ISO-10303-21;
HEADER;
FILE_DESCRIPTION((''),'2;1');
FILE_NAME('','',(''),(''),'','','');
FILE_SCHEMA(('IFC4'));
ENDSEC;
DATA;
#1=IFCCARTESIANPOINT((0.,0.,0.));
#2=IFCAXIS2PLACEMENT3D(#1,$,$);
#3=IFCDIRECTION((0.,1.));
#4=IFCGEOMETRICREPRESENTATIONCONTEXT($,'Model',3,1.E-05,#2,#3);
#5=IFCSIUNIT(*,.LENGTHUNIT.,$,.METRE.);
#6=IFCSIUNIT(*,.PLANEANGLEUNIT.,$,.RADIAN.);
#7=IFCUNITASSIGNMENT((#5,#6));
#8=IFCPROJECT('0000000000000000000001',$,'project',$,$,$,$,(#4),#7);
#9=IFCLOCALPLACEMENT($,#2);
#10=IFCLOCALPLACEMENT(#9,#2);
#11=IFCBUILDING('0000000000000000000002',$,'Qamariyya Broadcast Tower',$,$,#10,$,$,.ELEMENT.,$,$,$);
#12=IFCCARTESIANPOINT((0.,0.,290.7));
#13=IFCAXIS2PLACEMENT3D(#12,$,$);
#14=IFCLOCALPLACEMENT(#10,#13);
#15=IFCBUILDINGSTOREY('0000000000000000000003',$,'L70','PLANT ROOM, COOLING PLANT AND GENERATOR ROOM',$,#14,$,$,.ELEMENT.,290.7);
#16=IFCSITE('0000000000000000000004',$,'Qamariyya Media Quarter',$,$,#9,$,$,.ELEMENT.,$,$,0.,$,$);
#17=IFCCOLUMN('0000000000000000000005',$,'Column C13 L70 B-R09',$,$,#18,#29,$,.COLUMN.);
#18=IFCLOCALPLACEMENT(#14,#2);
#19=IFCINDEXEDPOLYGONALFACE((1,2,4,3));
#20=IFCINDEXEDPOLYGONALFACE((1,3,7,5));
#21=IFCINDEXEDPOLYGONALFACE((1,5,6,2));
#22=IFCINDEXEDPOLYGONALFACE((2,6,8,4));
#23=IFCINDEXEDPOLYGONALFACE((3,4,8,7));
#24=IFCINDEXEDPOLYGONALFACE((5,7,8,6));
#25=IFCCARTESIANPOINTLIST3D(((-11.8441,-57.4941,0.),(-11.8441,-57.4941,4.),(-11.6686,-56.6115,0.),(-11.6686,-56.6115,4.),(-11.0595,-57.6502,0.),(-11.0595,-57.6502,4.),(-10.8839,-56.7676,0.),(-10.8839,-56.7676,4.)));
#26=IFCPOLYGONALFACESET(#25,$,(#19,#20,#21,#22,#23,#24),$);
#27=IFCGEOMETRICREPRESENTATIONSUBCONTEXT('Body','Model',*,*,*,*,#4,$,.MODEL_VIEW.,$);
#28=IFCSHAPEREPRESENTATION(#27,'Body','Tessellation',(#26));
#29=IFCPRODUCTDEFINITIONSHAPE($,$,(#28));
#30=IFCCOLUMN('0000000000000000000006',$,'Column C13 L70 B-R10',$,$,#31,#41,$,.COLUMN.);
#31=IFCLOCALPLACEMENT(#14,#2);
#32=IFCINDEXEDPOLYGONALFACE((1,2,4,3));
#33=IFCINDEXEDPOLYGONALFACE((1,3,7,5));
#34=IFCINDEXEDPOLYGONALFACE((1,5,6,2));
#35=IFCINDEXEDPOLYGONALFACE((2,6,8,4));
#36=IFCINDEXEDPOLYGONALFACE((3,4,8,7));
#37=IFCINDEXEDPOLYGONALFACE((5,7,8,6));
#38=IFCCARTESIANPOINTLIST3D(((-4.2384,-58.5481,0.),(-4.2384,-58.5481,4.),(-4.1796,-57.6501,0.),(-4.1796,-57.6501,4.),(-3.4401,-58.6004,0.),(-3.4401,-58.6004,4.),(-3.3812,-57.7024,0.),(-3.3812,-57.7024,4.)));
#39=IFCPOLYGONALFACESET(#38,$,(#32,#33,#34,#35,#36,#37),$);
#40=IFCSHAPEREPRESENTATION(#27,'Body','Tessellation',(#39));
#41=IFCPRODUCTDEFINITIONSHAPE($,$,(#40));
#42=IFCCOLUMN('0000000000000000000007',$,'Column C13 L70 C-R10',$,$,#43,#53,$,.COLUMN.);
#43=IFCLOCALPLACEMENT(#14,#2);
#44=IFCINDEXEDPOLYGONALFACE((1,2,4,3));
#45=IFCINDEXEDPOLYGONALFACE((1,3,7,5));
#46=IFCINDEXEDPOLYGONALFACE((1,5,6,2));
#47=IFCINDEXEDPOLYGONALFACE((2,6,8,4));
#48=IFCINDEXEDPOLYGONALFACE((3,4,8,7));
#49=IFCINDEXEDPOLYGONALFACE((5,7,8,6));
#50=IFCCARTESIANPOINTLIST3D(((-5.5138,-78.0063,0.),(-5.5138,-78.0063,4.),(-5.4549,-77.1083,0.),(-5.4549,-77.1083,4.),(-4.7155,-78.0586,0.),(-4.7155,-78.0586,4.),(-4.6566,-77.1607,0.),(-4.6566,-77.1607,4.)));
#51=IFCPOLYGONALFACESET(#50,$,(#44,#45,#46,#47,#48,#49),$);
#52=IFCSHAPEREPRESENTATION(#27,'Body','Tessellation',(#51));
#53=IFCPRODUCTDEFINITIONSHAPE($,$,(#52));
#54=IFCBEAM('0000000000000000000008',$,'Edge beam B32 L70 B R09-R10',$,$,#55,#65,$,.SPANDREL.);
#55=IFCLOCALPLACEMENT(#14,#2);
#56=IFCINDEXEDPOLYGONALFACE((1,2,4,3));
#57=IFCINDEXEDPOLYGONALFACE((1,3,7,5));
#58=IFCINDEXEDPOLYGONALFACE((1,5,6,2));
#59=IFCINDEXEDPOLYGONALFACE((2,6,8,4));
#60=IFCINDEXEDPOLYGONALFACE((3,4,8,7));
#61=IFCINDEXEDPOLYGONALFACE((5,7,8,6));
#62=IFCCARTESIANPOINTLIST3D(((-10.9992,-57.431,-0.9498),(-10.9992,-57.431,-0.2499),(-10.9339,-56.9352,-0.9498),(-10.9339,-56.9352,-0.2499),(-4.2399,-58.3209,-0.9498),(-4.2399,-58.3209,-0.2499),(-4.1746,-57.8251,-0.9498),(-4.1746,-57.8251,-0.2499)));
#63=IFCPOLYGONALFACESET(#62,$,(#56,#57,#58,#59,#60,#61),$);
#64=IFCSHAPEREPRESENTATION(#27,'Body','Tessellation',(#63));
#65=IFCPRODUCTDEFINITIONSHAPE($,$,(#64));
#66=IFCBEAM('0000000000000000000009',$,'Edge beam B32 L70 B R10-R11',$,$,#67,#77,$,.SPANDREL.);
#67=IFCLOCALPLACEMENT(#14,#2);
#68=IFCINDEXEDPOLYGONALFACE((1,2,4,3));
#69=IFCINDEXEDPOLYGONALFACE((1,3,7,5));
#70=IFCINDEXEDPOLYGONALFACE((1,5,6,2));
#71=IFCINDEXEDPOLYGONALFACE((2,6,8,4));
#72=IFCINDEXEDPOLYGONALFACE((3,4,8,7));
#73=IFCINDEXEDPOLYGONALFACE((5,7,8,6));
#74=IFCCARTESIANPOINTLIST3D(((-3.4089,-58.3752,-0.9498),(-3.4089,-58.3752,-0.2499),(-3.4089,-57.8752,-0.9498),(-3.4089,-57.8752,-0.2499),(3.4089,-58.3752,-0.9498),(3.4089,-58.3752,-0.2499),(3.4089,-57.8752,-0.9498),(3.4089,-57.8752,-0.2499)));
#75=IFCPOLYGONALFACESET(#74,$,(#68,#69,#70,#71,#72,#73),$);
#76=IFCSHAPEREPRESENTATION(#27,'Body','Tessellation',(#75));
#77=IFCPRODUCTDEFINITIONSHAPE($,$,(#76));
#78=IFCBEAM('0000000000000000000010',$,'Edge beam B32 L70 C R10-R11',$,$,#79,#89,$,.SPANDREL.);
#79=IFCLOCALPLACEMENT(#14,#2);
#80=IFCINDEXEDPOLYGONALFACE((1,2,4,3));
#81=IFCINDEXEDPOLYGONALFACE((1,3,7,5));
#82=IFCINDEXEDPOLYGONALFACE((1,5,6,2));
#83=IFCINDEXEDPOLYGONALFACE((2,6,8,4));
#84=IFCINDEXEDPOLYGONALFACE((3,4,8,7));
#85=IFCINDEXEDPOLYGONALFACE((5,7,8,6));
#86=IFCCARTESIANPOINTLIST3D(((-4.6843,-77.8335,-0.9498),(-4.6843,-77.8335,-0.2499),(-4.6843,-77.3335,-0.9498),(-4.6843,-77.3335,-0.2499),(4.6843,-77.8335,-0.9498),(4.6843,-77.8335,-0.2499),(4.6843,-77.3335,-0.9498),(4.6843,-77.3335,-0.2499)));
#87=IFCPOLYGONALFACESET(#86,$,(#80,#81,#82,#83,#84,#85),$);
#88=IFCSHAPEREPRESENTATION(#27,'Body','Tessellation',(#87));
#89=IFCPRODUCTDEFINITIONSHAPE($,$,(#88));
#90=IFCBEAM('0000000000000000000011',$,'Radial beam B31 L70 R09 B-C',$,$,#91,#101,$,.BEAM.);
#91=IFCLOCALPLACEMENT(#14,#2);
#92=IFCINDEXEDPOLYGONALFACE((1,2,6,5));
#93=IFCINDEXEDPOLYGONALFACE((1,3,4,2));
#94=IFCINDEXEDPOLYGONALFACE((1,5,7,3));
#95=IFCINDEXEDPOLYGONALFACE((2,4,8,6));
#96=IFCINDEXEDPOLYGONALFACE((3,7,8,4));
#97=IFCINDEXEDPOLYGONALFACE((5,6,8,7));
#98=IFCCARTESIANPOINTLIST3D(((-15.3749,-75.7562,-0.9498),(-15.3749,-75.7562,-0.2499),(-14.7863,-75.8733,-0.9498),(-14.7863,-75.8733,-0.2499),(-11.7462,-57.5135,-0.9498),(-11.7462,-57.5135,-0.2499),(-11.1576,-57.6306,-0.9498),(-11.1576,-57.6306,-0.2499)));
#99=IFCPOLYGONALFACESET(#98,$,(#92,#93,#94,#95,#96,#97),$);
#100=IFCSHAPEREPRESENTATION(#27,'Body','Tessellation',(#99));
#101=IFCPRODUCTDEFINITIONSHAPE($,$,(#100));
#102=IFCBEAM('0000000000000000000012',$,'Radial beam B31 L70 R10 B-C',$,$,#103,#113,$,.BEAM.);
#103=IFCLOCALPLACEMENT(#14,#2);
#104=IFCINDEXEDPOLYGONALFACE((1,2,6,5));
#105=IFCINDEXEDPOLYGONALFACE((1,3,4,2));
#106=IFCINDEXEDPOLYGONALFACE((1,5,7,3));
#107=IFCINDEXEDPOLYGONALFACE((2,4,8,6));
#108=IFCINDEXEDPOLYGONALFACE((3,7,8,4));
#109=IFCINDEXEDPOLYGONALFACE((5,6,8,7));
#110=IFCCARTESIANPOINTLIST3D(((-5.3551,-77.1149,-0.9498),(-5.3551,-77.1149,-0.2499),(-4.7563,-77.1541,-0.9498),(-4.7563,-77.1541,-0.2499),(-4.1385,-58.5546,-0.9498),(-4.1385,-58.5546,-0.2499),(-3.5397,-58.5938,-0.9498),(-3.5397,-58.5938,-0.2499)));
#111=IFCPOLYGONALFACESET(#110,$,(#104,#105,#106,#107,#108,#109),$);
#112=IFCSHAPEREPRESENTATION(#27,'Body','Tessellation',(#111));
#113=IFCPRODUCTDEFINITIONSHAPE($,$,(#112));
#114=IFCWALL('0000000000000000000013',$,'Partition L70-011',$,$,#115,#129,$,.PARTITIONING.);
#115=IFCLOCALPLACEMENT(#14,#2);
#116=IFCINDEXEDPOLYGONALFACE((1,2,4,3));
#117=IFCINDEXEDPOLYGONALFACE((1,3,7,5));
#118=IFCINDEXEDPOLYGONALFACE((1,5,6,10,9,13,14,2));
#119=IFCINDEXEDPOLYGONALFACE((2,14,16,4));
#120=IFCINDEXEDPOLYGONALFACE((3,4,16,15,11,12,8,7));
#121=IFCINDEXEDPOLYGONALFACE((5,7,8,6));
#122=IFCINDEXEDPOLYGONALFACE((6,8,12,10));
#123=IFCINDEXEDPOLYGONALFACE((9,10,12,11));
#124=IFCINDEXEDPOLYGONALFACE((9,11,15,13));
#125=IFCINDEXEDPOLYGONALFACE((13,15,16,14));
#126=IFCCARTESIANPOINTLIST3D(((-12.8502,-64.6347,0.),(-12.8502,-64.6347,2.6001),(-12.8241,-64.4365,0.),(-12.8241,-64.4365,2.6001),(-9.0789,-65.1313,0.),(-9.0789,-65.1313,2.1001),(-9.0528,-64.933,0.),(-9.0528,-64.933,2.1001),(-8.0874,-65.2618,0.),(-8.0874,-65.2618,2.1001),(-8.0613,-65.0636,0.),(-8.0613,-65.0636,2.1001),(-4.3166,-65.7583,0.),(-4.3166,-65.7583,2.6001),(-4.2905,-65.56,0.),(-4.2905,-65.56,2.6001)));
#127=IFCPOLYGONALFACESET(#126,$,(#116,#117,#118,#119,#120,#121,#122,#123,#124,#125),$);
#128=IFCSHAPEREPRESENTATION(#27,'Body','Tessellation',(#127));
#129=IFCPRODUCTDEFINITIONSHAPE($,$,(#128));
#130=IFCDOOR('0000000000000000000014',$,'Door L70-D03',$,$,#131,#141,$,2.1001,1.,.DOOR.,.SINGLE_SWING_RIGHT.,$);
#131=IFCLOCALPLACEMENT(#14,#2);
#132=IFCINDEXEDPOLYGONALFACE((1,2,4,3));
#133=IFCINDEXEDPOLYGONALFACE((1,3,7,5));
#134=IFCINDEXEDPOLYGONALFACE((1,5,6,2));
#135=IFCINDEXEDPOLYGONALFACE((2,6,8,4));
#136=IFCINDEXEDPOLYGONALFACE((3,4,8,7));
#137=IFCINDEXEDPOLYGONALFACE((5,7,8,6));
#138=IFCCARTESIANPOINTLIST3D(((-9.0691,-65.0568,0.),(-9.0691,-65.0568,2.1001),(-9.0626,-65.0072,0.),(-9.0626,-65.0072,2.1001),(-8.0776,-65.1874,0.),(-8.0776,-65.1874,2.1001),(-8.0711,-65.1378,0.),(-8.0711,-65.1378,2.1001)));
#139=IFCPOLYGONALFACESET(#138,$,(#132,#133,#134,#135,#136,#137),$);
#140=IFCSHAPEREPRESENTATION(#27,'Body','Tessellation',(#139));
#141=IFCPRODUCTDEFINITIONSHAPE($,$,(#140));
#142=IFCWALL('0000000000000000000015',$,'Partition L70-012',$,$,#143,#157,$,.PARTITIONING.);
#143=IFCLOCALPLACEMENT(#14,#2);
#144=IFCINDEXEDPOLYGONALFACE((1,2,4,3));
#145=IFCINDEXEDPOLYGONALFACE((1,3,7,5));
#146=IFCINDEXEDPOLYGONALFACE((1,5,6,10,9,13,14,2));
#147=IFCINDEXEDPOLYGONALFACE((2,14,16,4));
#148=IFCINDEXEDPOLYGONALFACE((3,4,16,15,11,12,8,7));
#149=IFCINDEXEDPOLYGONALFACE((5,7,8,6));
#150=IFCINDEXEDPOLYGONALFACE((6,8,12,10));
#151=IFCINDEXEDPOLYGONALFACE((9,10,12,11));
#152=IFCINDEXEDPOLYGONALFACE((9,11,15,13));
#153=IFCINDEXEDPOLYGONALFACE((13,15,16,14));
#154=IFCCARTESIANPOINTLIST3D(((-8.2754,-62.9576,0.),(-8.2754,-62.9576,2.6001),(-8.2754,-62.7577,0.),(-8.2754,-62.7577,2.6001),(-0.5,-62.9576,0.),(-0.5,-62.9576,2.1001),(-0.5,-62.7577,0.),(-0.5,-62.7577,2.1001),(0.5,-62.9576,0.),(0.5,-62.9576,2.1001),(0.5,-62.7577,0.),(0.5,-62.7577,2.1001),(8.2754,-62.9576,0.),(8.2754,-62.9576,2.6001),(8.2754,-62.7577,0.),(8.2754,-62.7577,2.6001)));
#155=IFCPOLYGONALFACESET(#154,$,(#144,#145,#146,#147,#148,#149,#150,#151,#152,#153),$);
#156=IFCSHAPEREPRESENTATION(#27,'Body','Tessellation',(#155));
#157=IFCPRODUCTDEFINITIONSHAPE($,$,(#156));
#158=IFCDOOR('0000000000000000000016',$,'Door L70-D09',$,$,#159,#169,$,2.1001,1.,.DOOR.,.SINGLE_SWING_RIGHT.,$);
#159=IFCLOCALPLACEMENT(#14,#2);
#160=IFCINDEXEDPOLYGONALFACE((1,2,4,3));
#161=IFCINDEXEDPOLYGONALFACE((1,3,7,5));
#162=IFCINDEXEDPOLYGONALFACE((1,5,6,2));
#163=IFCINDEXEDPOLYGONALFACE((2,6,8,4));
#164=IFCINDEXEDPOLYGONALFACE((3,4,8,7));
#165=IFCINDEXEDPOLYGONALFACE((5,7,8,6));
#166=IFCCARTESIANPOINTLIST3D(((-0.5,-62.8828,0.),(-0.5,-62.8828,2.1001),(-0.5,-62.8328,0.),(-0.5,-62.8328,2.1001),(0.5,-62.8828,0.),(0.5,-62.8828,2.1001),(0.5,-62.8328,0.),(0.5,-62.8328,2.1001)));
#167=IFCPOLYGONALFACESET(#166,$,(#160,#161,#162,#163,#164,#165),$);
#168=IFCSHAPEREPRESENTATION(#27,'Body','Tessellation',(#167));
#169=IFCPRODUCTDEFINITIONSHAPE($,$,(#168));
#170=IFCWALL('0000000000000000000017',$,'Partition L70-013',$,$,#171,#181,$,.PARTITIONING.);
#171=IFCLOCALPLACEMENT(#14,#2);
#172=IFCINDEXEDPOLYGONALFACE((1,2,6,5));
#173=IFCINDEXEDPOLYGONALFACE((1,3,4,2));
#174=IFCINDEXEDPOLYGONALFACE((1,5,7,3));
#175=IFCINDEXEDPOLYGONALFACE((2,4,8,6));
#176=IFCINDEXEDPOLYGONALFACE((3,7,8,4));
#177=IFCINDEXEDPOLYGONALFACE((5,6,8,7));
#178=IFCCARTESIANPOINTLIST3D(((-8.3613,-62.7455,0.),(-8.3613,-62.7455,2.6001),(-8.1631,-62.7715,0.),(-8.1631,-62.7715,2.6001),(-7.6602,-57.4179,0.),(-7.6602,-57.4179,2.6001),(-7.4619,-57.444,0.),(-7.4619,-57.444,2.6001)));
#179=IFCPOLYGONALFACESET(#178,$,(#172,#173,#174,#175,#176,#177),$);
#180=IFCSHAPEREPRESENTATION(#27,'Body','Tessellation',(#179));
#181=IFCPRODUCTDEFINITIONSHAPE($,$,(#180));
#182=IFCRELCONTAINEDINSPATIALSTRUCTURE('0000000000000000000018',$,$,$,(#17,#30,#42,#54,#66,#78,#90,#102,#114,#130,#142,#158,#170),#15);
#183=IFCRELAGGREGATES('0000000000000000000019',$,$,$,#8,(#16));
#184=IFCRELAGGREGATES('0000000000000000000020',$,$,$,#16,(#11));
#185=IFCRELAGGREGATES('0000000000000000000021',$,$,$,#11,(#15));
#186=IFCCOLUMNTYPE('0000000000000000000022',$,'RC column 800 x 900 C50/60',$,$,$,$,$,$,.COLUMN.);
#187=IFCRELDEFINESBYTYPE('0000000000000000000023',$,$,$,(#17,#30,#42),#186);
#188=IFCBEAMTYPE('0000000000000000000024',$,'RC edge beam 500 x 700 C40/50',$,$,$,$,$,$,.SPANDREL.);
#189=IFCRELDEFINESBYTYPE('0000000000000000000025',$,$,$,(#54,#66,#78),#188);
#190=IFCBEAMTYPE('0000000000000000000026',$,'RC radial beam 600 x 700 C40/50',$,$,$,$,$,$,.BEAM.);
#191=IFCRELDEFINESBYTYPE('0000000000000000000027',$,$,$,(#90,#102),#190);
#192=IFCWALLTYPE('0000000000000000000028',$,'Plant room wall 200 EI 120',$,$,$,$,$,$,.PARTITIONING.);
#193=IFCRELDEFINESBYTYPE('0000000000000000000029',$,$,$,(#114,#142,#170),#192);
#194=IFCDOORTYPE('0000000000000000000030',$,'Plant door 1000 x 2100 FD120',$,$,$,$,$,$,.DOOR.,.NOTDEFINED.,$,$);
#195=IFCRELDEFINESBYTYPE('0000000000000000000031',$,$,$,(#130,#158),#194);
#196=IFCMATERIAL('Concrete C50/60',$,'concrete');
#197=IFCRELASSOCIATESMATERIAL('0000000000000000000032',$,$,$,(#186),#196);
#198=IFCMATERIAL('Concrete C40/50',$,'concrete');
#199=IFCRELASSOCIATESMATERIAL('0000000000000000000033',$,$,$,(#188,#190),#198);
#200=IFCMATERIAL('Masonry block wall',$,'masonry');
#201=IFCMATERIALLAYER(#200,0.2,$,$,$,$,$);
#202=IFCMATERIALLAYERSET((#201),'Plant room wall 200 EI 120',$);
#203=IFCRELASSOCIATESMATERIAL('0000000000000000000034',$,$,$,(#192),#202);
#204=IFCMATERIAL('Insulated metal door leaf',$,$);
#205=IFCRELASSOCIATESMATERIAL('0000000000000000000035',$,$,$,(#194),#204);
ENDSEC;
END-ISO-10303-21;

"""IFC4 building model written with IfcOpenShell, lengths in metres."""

from ifc_helpers import new_model, si_unit, direction, frame, frame_2d, origin, origin_2d, place, context, subcontext, project, spatial, rectangle, extrude, material, layer, layer_set, material_profile, profile_set, type_object, element, fill, save


model = new_model("IFC4")

# Units and contexts
model_context = context("Model", 3, precision=1e-05, world=origin(), true_north=direction((0.0, 1.0)))
body_context = subcontext(model_context, "Body", "Model", "MODEL_VIEW")
ifc_project = project(units=[si_unit("LENGTHUNIT", "METRE"), si_unit("PLANEANGLEUNIT", "RADIAN")], contexts=[model_context])

# Site, building, storey
site_placement = place(None, origin())
site = spatial("IfcSite", under=ifc_project, at=site_placement, Name="Qamariyya Media Quarter", CompositionType="ELEMENT", RefElevation=0.0)
building_placement = place(site_placement, origin())
building = spatial("IfcBuilding", under=site, at=building_placement, Name="Qamariyya Broadcast Tower", CompositionType="ELEMENT")
storey_placement = place(building_placement, frame((0.0, 0.0, 290.7)))
storey = spatial("IfcBuildingStorey", under=building, at=storey_placement, Name="L70", Description="PLANT ROOM, COOLING PLANT AND GENERATOR ROOM", CompositionType="ELEMENT", Elevation=290.7)

# Columns
ifc_material_1 = material(Name="Concrete C50/60", Category="concrete")
ifc_material_profile_1 = material_profile(ifc_material_1, rectangle(XDim=0.8, YDim=0.8999, at=origin_2d()))
ifc_profile_set_1 = profile_set([ifc_material_profile_1], Name="Concrete C50/60")
column_type = type_object("IfcColumnType", Name="RC column 800 x 900 C50/60", PredefinedType="COLUMN", material=ifc_profile_set_1)
for number, where, z_axis, x_axis, name in (
    (1, (-11.364, -57.1309, 0.0), (0.0, 0.0, 1.0), (0.980785, -0.19509, 0.0), "Column C13 L70 B-R09"),
    (2, (-3.8098, -58.1252, 0.0), (0.0, 0.0, 1.0), (0.997859, -0.065403, 0.0), "Column C13 L70 B-R10"),
    (3, (-5.0852, -77.5835, 0.0), (0.0, 0.0, 1.0), (0.997859, -0.065403, 0.0), "Column C13 L70 C-R10"),
):
    element("IfcColumn", number, at=place(storey_placement, frame(where, z_axis=z_axis, x_axis=x_axis)), inside=storey, type_object=column_type, Name=name, PredefinedType="COLUMN", context=body_context, shape_type="SweptSolid", body=[
        extrude(rectangle(XDim=0.8, YDim=0.8999, at=origin_2d()), origin(), (0.0, 0.0, 1.0), 4.0),
    ])

# Beams
ifc_material_2 = material(Name="Concrete C40/50", Category="concrete")
ifc_material_profile_2 = material_profile(ifc_material_2, rectangle(XDim=0.5, YDim=0.7, at=origin_2d()))
ifc_profile_set_2 = profile_set([ifc_material_profile_2], Name="Concrete C40/50")
beam_type_1 = type_object("IfcBeamType", Name="RC edge beam 500 x 700 C40/50", PredefinedType="SPANDREL", material=ifc_profile_set_2)
beam_1_placement = place(storey_placement, frame((-10.9666, -57.1831, -0.5999), z_axis=(0.991445, -0.130529, 0.0), x_axis=(0.130529, 0.991445, 0.0)))
element("IfcBeam", 4, at=beam_1_placement, inside=storey, type_object=beam_type_1, Name="Edge beam B32 L70 B R09-R10", PredefinedType="SPANDREL", context=body_context, shape_type="SweptSolid", body=[
    extrude(rectangle(XDim=0.5, YDim=0.7, at=origin_2d()), origin(), (0.0, 0.0, 1.0), 6.8176),
])
beam_2_placement = place(storey_placement, frame((-3.4089, -58.1252, -0.5999), z_axis=(1.0, 0.0, 0.0), x_axis=(0.0, 1.0, 0.0)))
element("IfcBeam", 5, at=beam_2_placement, inside=storey, type_object=beam_type_1, Name="Edge beam B32 L70 B R10-R11", PredefinedType="SPANDREL", context=body_context, shape_type="SweptSolid", body=[
    extrude(rectangle(XDim=0.5, YDim=0.7, at=origin_2d()), origin(), (0.0, 0.0, 1.0), 6.8179),
])
beam_3_placement = place(storey_placement, frame((-4.6843, -77.5835, -0.5999), z_axis=(1.0, 0.0, 0.0), x_axis=(0.0, 1.0, 0.0)))
element("IfcBeam", 6, at=beam_3_placement, inside=storey, type_object=beam_type_1, Name="Edge beam B32 L70 C R10-R11", PredefinedType="SPANDREL", context=body_context, shape_type="SweptSolid", body=[
    extrude(rectangle(XDim=0.5, YDim=0.7, at=origin_2d()), origin(), (0.0, 0.0, 1.0), 9.3687),
])
ifc_material_profile_3 = material_profile(ifc_material_2, rectangle(XDim=0.6001, YDim=0.7, at=origin_2d()))
ifc_profile_set_3 = profile_set([ifc_material_profile_3], Name="Concrete C40/50")
beam_type_2 = type_object("IfcBeamType", Name="RC radial beam 600 x 700 C40/50", PredefinedType="BEAM", material=ifc_profile_set_3)
for number, where, z_axis, x_axis, name in (
    (7, (-11.4519, -57.572, -0.5999), (-0.195089, -0.980786, 0.0), (0.980786, -0.195089, 0.0), "Radial beam B31 L70 R09 B-C"),
    (8, (-3.8391, -58.5742, -0.5999), (-0.065406, -0.997859, 0.0), (0.997859, -0.065406, 0.0), "Radial beam B31 L70 R10 B-C"),
):
    element("IfcBeam", number, at=place(storey_placement, frame(where, z_axis=z_axis, x_axis=x_axis)), inside=storey, type_object=beam_type_2, Name=name, PredefinedType="BEAM", context=body_context, shape_type="SweptSolid", body=[
        extrude(rectangle(XDim=0.6001, YDim=0.7, at=origin_2d()), origin(), (0.0, 0.0, 1.0), 18.6001),
    ])

# Walls, openings, doors
ifc_material_3 = material(Name="Masonry block wall", Category="masonry")
ifc_layer_1 = layer(ifc_material_3, 0.2)
ifc_layer_set_1 = layer_set([ifc_layer_1], Name="Plant room wall 200 EI 120")
wall_type_1 = type_object("IfcWallType", Name="Plant room wall 200 EI 120", PredefinedType="PARTITIONING", material=ifc_layer_set_1)
wall_1_placement = place(storey_placement, frame((-4.3035, -65.6592, 0.0), z_axis=(0.0, 0.0, 1.0), x_axis=(-0.991444, 0.130536, 0.0)))
wall_1 = element("IfcWall", 9, at=wall_1_placement, inside=storey, type_object=wall_type_1, Name="Partition L70-011", PredefinedType="PARTITIONING", context=body_context, shape_type="SweptSolid", body=[
    extrude(rectangle(XDim=8.6072, YDim=0.2, at=frame_2d((4.3037, 0.0))), origin(), (0.0, 0.0, 1.0), 2.6001),
])
opening_1_placement = place(wall_1_placement, frame((3.8035, 0.0, 0.0)))
opening_1 = element("IfcOpeningElement", 10, at=opening_1_placement, cuts=wall_1, PredefinedType="OPENING", context=body_context, shape_type="SweptSolid", body=[
    extrude(rectangle(XDim=1.0, YDim=2.1001, at=frame_2d((0.5, 1.05))), frame((0.0, 0.1099, 0.0), z_axis=(0.0, -1.0, 0.0), x_axis=(1.0, 0.0, 0.0)), (0.0, 0.0, 1.0), 0.22),
])
ifc_material_4 = material(Name="Insulated metal door leaf")
door_type = type_object("IfcDoorType", Name="Plant door 1000 x 2100 FD120", OperationType="NOTDEFINED", PredefinedType="DOOR", material=ifc_material_4)
door_1_placement = place(opening_1_placement, origin())
door_1 = element("IfcDoor", 11, at=door_1_placement, inside=storey, type_object=door_type, Name="Door L70-D03", OperationType="SINGLE_SWING_RIGHT", OverallHeight=2.1001, OverallWidth=1.0, PredefinedType="DOOR", context=body_context, shape_type="SweptSolid", body=[
    extrude(rectangle(XDim=1.0, YDim=2.1001, at=frame_2d((0.5, 1.05))), frame((0.0, 0.0249, 0.0), z_axis=(0.0, -1.0, 0.0), x_axis=(1.0, 0.0, 0.0)), (0.0, 0.0, 1.0), 0.05),
])
fill(opening_1, door_1)
wall_2_placement = place(storey_placement, frame((-8.2754, -62.8577, 0.0), z_axis=(0.0, 0.0, 1.0), x_axis=(1.0, 0.0, 0.0)))
wall_2 = element("IfcWall", 12, at=wall_2_placement, inside=storey, type_object=wall_type_1, Name="Partition L70-012", PredefinedType="PARTITIONING", context=body_context, shape_type="SweptSolid", body=[
    extrude(rectangle(XDim=16.5508, YDim=0.2, at=frame_2d((8.2754, 0.0))), origin(), (0.0, 0.0, 1.0), 2.6001),
])
opening_2_placement = place(wall_2_placement, frame((7.7754, 0.0, 0.0)))
opening_2 = element("IfcOpeningElement", 13, at=opening_2_placement, cuts=wall_2, PredefinedType="OPENING", context=body_context, shape_type="SweptSolid", body=[
    extrude(rectangle(XDim=1.0, YDim=2.1001, at=frame_2d((0.5, 1.05))), frame((0.0, 0.1099, 0.0), z_axis=(0.0, -1.0, 0.0), x_axis=(1.0, 0.0, 0.0)), (0.0, 0.0, 1.0), 0.22),
])
door_2_placement = place(opening_2_placement, origin())
door_2 = element("IfcDoor", 14, at=door_2_placement, inside=storey, type_object=door_type, Name="Door L70-D09", OperationType="SINGLE_SWING_RIGHT", OverallHeight=2.1001, OverallWidth=1.0, PredefinedType="DOOR", context=body_context, shape_type="SweptSolid", body=[
    extrude(rectangle(XDim=1.0, YDim=2.1001, at=frame_2d((0.5, 1.05))), frame((0.0, 0.0249, 0.0), z_axis=(0.0, -1.0, 0.0), x_axis=(1.0, 0.0, 0.0)), (0.0, 0.0, 1.0), 0.05),
])
fill(opening_2, door_2)

# Wall
wall_3_placement = place(storey_placement, frame((-7.561, -57.4309, 0.0), z_axis=(0.0, 0.0, 1.0), x_axis=(-0.130485, -0.99145, 0.0)))
element("IfcWall", 15, at=wall_3_placement, inside=storey, type_object=wall_type_1, Name="Partition L70-013", PredefinedType="PARTITIONING", context=body_context, shape_type="SweptSolid", body=[
    extrude(rectangle(XDim=5.3735, YDim=0.2, at=frame_2d((2.6868, 0.0))), origin(), (0.0, 0.0, 1.0), 2.6001),
])

save(model, "model.ifc")
